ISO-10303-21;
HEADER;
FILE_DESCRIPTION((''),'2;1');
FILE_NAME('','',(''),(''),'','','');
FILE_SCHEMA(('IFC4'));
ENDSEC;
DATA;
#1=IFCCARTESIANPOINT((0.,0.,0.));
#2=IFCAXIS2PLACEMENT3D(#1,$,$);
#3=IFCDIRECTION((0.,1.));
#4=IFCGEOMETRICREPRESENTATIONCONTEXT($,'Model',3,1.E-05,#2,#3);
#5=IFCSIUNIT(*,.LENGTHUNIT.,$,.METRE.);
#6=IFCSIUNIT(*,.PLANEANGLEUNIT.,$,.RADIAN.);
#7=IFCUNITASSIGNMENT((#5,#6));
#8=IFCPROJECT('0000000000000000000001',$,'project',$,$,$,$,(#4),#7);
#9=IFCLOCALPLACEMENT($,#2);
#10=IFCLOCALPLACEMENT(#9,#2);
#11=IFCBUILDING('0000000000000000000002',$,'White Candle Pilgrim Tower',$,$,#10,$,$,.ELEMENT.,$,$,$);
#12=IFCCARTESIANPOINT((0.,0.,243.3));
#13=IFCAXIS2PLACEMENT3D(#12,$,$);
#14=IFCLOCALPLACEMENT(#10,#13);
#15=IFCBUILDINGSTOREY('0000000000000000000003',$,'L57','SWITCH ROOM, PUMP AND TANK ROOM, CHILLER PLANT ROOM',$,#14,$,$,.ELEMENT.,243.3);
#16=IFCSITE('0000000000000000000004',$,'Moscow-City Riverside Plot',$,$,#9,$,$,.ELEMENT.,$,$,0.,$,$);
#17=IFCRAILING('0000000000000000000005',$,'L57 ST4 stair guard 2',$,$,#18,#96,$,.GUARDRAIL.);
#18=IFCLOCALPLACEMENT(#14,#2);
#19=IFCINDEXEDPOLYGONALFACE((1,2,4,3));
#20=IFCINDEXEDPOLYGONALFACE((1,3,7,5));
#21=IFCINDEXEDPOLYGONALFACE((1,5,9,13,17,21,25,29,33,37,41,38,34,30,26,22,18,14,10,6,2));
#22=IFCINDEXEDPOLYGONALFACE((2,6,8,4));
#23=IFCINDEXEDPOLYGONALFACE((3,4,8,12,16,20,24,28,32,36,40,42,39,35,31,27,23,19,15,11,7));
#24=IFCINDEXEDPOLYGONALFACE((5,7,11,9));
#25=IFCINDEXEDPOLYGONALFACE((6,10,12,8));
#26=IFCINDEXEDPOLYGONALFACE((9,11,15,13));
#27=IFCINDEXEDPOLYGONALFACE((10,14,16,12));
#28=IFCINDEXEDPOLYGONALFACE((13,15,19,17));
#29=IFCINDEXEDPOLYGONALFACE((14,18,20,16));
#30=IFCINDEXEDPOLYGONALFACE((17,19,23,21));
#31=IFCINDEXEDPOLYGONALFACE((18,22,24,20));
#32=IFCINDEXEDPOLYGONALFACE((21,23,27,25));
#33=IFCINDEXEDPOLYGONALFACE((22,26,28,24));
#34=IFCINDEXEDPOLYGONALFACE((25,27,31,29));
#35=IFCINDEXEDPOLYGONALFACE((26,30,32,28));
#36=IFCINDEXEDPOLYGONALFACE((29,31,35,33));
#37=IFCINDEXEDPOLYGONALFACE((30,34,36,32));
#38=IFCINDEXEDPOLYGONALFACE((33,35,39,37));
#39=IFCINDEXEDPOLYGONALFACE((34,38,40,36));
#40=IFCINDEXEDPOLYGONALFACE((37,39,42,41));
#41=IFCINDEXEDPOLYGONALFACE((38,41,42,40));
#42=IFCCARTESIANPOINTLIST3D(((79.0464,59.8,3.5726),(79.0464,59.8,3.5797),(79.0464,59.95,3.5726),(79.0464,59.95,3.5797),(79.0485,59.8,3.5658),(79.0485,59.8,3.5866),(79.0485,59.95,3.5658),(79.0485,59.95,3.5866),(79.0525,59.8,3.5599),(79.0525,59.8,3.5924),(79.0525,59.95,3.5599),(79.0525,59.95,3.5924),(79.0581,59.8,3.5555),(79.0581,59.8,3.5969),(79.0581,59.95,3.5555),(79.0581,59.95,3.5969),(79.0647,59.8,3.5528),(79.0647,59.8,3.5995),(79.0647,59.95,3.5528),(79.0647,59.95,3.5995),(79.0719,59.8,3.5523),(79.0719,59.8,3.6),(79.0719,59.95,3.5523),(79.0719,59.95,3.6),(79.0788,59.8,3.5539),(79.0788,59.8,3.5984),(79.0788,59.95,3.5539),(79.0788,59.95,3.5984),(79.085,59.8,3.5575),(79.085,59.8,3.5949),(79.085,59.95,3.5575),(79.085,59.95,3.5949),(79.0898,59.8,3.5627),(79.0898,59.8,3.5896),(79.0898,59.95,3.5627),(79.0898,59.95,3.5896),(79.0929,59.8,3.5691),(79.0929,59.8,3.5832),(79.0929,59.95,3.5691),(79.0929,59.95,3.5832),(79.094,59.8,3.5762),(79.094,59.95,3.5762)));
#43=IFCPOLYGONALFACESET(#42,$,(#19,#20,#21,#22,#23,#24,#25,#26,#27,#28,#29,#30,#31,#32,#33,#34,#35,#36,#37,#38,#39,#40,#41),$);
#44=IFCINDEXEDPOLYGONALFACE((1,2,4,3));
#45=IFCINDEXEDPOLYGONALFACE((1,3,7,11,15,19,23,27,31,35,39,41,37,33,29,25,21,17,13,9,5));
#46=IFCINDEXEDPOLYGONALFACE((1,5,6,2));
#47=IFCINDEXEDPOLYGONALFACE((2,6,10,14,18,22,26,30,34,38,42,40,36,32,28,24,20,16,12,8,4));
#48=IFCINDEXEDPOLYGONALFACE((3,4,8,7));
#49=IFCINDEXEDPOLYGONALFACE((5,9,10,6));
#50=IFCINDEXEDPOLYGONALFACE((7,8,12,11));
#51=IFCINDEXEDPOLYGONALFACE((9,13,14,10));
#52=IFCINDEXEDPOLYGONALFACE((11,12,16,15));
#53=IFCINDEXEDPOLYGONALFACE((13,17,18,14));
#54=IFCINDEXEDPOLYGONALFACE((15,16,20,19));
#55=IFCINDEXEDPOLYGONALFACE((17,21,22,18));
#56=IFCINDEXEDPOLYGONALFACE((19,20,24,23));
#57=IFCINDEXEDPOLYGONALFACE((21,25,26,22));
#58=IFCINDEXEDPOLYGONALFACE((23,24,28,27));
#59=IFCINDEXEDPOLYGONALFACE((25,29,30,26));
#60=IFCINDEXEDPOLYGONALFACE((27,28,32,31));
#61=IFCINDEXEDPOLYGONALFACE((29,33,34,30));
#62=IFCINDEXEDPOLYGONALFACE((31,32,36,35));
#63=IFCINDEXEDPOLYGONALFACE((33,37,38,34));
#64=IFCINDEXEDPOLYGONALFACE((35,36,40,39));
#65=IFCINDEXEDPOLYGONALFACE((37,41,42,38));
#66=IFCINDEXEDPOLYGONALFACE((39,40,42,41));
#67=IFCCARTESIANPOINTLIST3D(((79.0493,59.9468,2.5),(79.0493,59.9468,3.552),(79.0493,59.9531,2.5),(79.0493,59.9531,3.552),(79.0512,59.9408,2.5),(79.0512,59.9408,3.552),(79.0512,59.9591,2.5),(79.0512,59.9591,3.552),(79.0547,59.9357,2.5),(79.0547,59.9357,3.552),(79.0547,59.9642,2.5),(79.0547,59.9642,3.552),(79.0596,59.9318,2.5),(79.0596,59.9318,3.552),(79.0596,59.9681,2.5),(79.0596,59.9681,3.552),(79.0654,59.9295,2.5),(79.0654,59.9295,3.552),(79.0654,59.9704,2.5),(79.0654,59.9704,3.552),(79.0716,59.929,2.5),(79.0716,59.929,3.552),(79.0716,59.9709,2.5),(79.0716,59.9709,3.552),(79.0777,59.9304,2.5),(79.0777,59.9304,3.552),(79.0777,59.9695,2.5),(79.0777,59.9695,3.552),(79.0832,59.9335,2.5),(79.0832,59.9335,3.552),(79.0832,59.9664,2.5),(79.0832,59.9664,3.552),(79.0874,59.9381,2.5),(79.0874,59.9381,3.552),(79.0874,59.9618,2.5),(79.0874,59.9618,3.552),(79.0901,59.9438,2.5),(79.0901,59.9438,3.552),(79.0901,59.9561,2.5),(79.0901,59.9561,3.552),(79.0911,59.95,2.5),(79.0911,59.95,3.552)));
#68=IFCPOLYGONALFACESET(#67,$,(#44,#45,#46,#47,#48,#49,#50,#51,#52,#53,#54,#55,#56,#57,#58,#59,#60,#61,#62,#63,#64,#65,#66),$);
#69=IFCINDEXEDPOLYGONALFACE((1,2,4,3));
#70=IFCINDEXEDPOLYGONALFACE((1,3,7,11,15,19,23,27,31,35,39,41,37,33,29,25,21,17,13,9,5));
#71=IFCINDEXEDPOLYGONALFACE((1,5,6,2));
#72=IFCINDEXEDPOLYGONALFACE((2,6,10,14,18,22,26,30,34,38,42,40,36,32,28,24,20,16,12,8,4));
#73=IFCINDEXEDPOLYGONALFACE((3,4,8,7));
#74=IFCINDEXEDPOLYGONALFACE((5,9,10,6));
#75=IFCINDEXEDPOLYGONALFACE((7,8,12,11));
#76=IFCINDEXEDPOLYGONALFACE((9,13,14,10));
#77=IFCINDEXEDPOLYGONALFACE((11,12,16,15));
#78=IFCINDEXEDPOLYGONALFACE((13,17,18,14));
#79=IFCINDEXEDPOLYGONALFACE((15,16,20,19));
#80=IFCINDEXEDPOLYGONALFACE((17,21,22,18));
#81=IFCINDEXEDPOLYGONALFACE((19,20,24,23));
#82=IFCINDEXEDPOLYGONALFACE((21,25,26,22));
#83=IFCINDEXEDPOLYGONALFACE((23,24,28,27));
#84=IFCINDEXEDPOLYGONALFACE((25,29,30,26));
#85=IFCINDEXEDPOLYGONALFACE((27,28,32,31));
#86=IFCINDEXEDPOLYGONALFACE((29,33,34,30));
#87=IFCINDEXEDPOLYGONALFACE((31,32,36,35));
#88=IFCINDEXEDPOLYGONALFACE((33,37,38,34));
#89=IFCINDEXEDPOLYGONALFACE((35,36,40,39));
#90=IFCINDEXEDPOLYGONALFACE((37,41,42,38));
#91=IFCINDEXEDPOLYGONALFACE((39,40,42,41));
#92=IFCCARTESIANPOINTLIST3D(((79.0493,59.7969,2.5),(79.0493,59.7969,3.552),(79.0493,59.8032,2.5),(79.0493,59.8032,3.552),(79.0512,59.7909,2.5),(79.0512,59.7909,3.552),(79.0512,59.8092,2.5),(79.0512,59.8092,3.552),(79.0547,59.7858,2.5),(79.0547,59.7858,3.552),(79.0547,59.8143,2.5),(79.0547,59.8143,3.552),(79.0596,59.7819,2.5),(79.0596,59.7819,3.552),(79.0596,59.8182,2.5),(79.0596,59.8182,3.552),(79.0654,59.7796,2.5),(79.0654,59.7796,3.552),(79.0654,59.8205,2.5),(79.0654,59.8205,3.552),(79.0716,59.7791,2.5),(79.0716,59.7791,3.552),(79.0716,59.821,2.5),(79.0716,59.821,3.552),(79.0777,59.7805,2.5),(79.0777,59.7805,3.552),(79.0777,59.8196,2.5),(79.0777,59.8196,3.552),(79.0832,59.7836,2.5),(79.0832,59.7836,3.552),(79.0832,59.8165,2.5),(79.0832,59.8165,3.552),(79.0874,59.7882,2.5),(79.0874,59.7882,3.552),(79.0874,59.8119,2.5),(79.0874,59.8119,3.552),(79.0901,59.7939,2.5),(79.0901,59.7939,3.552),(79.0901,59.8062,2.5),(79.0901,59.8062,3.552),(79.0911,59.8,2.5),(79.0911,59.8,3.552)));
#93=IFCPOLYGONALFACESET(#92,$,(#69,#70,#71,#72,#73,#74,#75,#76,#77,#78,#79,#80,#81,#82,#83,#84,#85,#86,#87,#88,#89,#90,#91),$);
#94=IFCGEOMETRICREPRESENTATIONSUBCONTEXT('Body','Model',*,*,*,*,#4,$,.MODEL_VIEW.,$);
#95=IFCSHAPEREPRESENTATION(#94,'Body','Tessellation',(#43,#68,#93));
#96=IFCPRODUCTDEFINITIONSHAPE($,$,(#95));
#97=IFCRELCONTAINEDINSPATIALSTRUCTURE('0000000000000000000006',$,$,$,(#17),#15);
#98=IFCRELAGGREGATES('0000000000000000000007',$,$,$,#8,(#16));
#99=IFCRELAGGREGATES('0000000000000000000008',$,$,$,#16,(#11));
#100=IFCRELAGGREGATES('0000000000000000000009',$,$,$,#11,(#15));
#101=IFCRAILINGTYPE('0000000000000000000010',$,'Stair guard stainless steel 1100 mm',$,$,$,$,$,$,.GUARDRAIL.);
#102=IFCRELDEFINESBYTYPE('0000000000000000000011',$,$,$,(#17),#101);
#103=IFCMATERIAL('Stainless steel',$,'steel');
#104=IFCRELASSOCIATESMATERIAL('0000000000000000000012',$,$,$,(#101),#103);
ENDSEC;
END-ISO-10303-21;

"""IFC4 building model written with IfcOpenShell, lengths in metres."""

from ifc_helpers import new_model, si_unit, direction, frame, origin, origin_2d, place, context, subcontext, project, spatial, circle, extrude, material, type_object, element, save


model = new_model("IFC4")

# Units and contexts
model_context = context("Model", 3, precision=1e-05, world=origin(), true_north=direction((0.0, 1.0)))
body_context = subcontext(model_context, "Body", "Model", "MODEL_VIEW")
ifc_project = project(units=[si_unit("LENGTHUNIT", "METRE"), si_unit("PLANEANGLEUNIT", "RADIAN")], contexts=[model_context])

# Site, building, storey
site_placement = place(None, origin())
site = spatial("IfcSite", under=ifc_project, at=site_placement, Name="Moscow-City Riverside Plot", CompositionType="ELEMENT", RefElevation=0.0)
building_placement = place(site_placement, origin())
building = spatial("IfcBuilding", under=site, at=building_placement, Name="White Candle Pilgrim Tower", CompositionType="ELEMENT")
storey_placement = place(building_placement, frame((0.0, 0.0, 243.3)))
storey = spatial("IfcBuildingStorey", under=building, at=storey_placement, Name="L57", Description="SWITCH ROOM, PUMP AND TANK ROOM, CHILLER PLANT ROOM", CompositionType="ELEMENT", Elevation=243.3)

# Railing
ifc_material_1 = material(Name="Stainless steel", Category="steel")
railing_type_1 = type_object("IfcRailingType", Name="Stair guard stainless steel 1100 mm", PredefinedType="GUARDRAIL", material=ifc_material_1)
railing_1_placement = place(storey_placement, frame((79.0701, 59.95, 2.5)))
element("IfcRailing", 1, at=railing_1_placement, inside=storey, type_object=railing_type_1, Name="L57 ST4 stair guard 2", PredefinedType="GUARDRAIL", context=body_context, shape_type="SweptSolid", body=[
    extrude(circle(Radius=0.0239, at=origin_2d()), frame((0.0, 0.0, 1.0762), z_axis=(0.0, -1.0, 0.0), x_axis=(1.0, 0.0, 0.0)), (0.0, 0.0, 1.0), 0.1499),
    extrude(circle(Radius=0.021, at=origin_2d()), origin(), (0.0, 0.0, 1.0), 1.052),
    extrude(circle(Radius=0.021, at=origin_2d()), frame((0.0, -0.1499, 0.0)), (0.0, 0.0, 1.0), 1.052),
])

save(model, "model.ifc")
